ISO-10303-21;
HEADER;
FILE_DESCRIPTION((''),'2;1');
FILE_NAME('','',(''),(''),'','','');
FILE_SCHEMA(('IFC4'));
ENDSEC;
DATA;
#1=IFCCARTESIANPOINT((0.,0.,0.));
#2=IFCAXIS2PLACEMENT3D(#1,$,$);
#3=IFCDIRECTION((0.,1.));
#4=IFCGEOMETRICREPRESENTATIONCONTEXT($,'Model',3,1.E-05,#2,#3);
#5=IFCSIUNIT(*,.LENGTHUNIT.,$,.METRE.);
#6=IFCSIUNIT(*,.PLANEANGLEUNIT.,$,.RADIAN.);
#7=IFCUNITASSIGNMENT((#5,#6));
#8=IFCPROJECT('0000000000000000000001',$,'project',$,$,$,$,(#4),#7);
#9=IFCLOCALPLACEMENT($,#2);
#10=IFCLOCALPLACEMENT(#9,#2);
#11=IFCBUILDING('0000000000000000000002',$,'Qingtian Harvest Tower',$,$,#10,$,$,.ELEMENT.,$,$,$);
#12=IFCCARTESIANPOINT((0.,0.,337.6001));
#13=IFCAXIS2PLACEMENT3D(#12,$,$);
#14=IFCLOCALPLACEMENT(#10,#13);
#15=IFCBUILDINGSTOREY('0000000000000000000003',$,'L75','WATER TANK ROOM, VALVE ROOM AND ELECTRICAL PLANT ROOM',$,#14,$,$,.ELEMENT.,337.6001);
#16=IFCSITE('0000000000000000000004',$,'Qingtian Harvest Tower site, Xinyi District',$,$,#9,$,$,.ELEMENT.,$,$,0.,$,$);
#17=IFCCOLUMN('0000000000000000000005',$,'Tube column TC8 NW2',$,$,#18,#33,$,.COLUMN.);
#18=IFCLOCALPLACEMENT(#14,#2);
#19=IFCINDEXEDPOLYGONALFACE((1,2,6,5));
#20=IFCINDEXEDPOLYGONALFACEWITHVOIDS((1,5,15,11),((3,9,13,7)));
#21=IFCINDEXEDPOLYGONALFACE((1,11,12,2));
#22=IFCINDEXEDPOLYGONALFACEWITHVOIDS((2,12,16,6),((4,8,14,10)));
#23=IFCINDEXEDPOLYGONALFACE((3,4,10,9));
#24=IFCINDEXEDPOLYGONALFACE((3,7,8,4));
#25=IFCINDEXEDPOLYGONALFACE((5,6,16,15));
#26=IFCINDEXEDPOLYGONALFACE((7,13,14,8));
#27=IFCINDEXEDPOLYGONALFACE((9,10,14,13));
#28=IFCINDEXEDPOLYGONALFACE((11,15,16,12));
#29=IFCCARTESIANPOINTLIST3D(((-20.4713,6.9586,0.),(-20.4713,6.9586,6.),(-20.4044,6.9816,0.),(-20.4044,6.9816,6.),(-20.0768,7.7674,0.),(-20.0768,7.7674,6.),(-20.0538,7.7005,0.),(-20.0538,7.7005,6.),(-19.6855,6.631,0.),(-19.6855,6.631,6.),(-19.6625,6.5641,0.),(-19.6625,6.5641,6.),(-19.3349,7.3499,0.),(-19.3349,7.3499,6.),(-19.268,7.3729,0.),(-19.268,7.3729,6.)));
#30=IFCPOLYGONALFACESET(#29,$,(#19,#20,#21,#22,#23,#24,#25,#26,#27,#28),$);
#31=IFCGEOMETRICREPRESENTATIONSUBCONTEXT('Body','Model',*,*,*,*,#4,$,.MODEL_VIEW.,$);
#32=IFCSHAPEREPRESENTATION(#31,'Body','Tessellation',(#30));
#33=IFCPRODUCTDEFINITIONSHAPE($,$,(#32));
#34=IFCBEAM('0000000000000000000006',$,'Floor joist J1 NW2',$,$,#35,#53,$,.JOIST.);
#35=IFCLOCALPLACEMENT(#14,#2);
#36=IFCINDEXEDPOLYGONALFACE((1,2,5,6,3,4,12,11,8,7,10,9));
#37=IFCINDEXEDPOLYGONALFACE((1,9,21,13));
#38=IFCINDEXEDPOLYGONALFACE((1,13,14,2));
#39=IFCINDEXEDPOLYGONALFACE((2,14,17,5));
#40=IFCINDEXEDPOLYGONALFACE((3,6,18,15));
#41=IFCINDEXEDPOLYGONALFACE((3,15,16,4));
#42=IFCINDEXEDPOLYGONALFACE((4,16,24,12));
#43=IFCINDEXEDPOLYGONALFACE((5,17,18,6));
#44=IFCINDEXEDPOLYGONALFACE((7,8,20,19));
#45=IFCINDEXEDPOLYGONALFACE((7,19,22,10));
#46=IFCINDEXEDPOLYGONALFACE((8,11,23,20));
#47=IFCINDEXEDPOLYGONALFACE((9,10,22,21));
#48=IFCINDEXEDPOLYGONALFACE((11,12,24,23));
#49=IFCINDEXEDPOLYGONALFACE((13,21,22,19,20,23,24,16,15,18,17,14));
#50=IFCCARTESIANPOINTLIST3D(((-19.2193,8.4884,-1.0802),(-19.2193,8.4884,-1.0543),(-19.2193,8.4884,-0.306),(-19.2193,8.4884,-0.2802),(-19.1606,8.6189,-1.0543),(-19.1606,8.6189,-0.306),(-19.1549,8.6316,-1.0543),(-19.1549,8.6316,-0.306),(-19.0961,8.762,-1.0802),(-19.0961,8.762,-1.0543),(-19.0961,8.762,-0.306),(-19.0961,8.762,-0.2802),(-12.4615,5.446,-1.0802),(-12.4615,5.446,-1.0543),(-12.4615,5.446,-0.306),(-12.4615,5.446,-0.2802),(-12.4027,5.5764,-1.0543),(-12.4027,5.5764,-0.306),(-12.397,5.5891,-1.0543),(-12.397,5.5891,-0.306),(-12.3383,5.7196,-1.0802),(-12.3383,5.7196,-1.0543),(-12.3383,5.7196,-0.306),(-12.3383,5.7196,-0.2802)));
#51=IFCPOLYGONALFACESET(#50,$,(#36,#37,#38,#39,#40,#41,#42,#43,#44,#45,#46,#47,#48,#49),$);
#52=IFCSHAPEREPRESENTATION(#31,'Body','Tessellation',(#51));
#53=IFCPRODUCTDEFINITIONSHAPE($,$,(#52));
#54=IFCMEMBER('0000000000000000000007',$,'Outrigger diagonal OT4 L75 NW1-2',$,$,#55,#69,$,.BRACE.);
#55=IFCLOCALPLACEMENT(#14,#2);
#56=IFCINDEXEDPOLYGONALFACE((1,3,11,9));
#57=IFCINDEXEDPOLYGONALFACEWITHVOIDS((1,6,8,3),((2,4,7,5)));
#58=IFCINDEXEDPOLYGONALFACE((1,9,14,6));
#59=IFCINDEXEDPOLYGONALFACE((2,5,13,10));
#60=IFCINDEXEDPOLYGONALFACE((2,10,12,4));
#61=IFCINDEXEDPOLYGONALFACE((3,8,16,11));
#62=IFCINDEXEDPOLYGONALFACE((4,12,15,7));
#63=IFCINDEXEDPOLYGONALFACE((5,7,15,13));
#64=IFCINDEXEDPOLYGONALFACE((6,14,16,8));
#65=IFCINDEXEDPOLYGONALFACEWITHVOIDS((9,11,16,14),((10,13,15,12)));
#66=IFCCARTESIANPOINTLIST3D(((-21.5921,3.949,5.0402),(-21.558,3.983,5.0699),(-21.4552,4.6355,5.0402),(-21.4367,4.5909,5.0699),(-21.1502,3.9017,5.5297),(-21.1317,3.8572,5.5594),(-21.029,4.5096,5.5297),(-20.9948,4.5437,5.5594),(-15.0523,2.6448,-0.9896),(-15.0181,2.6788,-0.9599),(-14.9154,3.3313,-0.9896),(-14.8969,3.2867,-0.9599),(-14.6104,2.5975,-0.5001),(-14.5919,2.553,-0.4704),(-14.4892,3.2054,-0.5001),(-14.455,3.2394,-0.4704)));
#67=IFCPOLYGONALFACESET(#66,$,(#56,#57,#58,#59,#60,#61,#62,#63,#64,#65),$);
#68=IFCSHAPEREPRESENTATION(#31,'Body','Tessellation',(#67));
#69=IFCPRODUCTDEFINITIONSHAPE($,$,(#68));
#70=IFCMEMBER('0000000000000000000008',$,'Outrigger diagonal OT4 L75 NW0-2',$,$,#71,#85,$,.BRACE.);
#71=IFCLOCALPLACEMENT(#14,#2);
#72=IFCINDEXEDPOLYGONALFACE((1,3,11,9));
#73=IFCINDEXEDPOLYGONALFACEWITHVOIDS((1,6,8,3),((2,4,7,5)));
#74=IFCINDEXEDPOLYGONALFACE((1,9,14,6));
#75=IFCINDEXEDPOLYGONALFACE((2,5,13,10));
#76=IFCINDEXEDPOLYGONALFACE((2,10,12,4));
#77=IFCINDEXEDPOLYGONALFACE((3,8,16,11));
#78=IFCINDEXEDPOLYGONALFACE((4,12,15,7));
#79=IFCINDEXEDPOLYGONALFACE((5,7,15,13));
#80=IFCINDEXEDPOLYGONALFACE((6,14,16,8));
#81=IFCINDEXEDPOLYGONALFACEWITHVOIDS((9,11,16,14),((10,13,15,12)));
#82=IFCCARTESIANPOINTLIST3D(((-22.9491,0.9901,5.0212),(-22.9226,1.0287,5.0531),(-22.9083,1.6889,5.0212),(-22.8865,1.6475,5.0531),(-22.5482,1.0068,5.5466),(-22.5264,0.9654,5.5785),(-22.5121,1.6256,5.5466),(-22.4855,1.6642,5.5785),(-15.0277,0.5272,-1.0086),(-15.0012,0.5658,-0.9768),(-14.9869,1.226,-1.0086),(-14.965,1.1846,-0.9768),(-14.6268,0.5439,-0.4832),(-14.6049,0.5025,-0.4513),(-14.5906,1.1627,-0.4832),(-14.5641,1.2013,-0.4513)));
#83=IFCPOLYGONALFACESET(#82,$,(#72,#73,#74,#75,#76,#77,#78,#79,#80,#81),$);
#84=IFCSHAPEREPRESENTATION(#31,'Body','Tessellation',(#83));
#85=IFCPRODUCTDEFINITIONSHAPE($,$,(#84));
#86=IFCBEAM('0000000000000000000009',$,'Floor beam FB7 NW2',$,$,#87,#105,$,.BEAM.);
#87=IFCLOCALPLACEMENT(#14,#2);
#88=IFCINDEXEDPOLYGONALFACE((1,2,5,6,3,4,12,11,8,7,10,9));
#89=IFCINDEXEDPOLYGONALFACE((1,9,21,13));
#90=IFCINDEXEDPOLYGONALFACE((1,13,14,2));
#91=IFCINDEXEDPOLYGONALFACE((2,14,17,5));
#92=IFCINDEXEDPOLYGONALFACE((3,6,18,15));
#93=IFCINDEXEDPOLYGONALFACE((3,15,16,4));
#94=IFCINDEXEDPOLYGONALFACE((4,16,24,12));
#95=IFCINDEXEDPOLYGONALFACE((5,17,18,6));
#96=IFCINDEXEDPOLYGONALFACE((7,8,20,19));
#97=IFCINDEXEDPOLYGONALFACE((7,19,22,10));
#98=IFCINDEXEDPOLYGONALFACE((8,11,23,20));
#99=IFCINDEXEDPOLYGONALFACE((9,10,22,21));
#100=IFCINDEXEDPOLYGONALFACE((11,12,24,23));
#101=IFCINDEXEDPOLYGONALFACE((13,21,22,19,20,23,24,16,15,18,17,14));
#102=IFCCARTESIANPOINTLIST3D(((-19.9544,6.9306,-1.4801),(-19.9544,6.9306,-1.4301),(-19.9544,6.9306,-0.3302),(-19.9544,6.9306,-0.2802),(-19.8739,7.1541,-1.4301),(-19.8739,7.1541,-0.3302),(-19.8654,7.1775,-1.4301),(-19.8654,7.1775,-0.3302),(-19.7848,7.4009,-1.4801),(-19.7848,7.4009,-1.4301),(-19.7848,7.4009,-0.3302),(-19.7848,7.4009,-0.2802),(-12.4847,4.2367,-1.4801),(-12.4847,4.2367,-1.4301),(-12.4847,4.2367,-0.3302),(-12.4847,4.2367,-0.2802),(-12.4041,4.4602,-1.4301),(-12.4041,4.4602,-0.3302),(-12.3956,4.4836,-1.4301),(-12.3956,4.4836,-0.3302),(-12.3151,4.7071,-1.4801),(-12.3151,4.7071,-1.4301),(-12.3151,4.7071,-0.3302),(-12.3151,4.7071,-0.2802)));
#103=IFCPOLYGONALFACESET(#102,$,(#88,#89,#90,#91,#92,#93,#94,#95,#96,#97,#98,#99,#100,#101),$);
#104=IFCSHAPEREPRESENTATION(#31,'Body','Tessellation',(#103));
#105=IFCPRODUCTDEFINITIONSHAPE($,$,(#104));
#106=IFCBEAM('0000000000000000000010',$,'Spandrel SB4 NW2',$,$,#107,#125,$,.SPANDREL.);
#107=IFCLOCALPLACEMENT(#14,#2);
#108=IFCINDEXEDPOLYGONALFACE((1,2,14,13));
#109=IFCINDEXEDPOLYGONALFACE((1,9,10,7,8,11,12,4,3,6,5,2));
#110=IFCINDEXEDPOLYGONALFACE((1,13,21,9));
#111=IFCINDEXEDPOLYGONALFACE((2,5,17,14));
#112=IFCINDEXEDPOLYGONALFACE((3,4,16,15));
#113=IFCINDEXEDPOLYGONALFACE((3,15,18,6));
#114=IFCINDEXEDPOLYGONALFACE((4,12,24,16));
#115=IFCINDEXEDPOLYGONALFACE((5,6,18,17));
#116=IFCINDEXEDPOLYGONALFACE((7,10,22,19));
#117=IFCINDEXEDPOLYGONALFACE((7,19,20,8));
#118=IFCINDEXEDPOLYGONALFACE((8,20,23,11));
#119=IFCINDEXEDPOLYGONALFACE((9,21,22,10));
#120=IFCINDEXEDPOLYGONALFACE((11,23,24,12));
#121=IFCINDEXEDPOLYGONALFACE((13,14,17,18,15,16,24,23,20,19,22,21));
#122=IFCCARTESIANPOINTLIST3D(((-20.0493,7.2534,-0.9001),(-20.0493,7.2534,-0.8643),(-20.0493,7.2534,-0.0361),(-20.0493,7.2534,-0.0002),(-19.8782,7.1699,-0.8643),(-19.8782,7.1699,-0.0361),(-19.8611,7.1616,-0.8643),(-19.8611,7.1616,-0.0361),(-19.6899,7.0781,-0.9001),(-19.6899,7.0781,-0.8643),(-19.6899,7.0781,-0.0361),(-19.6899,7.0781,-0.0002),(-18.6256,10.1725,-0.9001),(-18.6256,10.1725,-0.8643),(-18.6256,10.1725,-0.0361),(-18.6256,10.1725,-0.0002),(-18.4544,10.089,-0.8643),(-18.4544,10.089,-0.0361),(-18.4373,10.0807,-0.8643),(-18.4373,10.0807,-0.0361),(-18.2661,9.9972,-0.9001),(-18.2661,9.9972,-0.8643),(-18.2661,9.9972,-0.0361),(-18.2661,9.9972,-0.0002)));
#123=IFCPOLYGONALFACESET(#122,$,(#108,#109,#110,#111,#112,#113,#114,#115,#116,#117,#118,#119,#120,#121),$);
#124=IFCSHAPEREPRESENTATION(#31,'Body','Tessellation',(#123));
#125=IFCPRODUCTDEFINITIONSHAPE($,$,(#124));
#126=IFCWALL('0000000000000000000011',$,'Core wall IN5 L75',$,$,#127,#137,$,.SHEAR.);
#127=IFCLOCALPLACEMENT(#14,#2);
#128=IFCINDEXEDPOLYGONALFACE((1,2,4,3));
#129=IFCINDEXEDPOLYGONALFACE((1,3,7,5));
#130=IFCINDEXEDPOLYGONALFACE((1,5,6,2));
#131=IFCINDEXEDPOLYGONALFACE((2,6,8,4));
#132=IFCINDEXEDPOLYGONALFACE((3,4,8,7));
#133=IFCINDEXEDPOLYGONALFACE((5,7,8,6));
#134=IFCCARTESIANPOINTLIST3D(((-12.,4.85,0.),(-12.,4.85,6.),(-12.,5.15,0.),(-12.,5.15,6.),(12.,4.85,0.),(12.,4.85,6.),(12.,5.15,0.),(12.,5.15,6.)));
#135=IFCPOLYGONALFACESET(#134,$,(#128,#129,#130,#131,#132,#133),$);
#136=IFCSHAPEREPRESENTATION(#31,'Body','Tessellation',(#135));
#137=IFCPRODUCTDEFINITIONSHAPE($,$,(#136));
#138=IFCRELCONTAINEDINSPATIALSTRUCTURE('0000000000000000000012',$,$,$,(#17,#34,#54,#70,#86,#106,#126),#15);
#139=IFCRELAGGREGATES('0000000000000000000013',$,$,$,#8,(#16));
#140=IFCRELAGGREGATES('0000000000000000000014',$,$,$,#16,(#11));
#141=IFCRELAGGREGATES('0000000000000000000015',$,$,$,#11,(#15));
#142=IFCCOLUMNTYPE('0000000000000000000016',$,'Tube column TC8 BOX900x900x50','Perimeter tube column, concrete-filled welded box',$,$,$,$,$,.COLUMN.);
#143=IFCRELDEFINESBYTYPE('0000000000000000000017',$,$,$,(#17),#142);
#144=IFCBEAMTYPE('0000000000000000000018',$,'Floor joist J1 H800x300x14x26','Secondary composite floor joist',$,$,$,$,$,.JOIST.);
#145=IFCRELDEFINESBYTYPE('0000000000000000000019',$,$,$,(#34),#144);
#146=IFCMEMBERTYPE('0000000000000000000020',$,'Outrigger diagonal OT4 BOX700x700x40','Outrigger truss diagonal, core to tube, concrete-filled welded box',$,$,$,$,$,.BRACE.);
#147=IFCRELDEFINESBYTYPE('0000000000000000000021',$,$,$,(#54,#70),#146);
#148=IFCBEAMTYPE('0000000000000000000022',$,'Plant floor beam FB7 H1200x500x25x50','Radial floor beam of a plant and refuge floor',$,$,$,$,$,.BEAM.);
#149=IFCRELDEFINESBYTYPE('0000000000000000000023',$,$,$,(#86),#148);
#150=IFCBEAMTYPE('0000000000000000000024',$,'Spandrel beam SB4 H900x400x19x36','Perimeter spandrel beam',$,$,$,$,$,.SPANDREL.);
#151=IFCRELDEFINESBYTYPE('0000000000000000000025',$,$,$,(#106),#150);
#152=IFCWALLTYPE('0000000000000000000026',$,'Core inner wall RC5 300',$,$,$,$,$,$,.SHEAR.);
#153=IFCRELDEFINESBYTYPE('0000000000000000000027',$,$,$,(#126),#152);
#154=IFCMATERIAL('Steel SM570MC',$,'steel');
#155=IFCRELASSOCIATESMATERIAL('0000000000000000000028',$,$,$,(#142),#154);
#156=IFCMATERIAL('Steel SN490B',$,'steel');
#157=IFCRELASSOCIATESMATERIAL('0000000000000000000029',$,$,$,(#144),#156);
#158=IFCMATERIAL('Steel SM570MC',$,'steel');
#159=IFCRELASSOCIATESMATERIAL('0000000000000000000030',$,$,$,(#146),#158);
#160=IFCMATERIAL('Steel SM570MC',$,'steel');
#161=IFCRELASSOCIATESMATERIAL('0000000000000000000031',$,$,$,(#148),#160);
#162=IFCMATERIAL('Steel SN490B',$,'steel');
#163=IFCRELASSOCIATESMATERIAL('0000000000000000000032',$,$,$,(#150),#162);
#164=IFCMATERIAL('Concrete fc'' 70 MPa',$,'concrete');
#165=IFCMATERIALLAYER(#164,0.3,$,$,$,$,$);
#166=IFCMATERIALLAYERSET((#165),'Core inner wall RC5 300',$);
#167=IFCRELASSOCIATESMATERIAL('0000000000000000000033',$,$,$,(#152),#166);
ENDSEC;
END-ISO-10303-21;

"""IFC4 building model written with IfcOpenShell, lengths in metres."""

from ifc_helpers import new_model, si_unit, direction, frame, frame_2d, origin, origin_2d, place, context, subcontext, project, spatial, rectangle, hollow_rectangle, i_section, extrude, material, layer, layer_set, material_profile, profile_set, type_object, element, save


model = new_model("IFC4")

# Units and contexts
model_context = context("Model", 3, precision=1e-05, world=origin(), true_north=direction((0.0, 1.0)))
body_context = subcontext(model_context, "Body", "Model", "MODEL_VIEW")
ifc_project = project(units=[si_unit("LENGTHUNIT", "METRE"), si_unit("PLANEANGLEUNIT", "RADIAN")], contexts=[model_context])

# Site, building, storey
site_placement = place(None, origin())
site = spatial("IfcSite", under=ifc_project, at=site_placement, Name="Qingtian Harvest Tower site, Xinyi District", CompositionType="ELEMENT", RefElevation=0.0)
building_placement = place(site_placement, origin())
building = spatial("IfcBuilding", under=site, at=building_placement, Name="Qingtian Harvest Tower", CompositionType="ELEMENT")
storey_placement = place(building_placement, frame((0.0, 0.0, 337.6001)))
storey = spatial("IfcBuildingStorey", under=building, at=storey_placement, Name="L75", Description="WATER TANK ROOM, VALVE ROOM AND ELECTRICAL PLANT ROOM", CompositionType="ELEMENT", Elevation=337.6001)

# Column
ifc_material_1 = material(Name="Steel SM570MC", Category="steel")
ifc_material_profile_1 = material_profile(ifc_material_1, hollow_rectangle(XDim=0.8999, YDim=0.8999, WallThickness=0.05, at=origin_2d()), Name="BOX900x900x50")
ifc_profile_set_1 = profile_set([ifc_material_profile_1], Name="Steel SM570MC")
column_type = type_object("IfcColumnType", Name="Tube column TC8 BOX900x900x50", Description="Perimeter tube column, concrete-filled welded box", PredefinedType="COLUMN", material=ifc_profile_set_1)
column_placement = place(storey_placement, frame((-19.8696, 7.1658, 0.0), z_axis=(0.0, 0.0, 1.0), x_axis=(-0.438371, -0.898794, 0.0)))
element("IfcColumn", 1, at=column_placement, inside=storey, type_object=column_type, Name="Tube column TC8 NW2", PredefinedType="COLUMN", context=body_context, shape_type="SweptSolid", body=[
    extrude(hollow_rectangle(XDim=0.8999, YDim=0.8999, WallThickness=0.05, at=origin_2d()), origin(), (0.0, 0.0, 1.0), 6.0),
])

# Beam
ifc_material_2 = material(Name="Steel SN490B", Category="steel")
ifc_material_profile_2 = material_profile(ifc_material_2, i_section(OverallWidth=0.3, OverallDepth=0.8, WebThickness=0.0139, FlangeThickness=0.0259, at=origin_2d()), Name="H800x300x14x26")
ifc_profile_set_2 = profile_set([ifc_material_profile_2], Name="Steel SN490B")
beam_type_1 = type_object("IfcBeamType", Name="Floor joist J1 H800x300x14x26", Description="Secondary composite floor joist", PredefinedType="JOIST", material=ifc_profile_set_2)
beam_1_placement = place(storey_placement, frame((-19.1577, 8.6252, -0.6802), z_axis=(0.911848, -0.410529, 0.0), x_axis=(0.410529, 0.911848, 0.0)))
element("IfcBeam", 2, at=beam_1_placement, inside=storey, type_object=beam_type_1, Name="Floor joist J1 NW2", PredefinedType="JOIST", context=body_context, shape_type="SweptSolid", body=[
    extrude(i_section(OverallWidth=0.3, OverallDepth=0.8, WebThickness=0.0139, FlangeThickness=0.0259, at=origin_2d()), origin(), (0.0, 0.0, 1.0), 7.4111),
])

# Members
ifc_material_3 = material(Name="Steel SM570MC", Category="steel")
ifc_material_profile_3 = material_profile(ifc_material_3, hollow_rectangle(XDim=0.7, YDim=0.7, WallThickness=0.04, at=origin_2d()), Name="BOX700x700x40")
ifc_profile_set_3 = profile_set([ifc_material_profile_3], Name="Steel SM570MC")
member_type = type_object("IfcMemberType", Name="Outrigger diagonal OT4 BOX700x700x40", Description="Outrigger truss diagonal, core to tube, concrete-filled welded box", PredefinedType="BRACE", material=ifc_profile_set_3)
member_1_placement = place(storey_placement, frame((-14.7537, 2.9421, -0.73), z_axis=(-0.727416, 0.145065, 0.670688), x_axis=(-0.195574, -0.980689, 0.0)))
element("IfcMember", 3, at=member_1_placement, inside=storey, type_object=member_type, Name="Outrigger diagonal OT4 L75 NW1-2", PredefinedType="BRACE", context=body_context, shape_type="SweptSolid", body=[
    extrude(hollow_rectangle(XDim=0.7, YDim=0.7, WallThickness=0.04, at=origin_2d()), origin(), (0.0, 0.0, 1.0), 8.9905),
])
member_2_placement = place(storey_placement, frame((-14.7959, 0.8643, -0.73), z_axis=(-0.794842, 0.046447, 0.605036), x_axis=(-0.058336, -0.998297, 0.0)))
element("IfcMember", 4, at=member_2_placement, inside=storey, type_object=member_type, Name="Outrigger diagonal OT4 L75 NW0-2", PredefinedType="BRACE", context=body_context, shape_type="SweptSolid", body=[
    extrude(hollow_rectangle(XDim=0.7, YDim=0.7, WallThickness=0.04, at=origin_2d()), origin(), (0.0, 0.0, 1.0), 9.9661),
])

# Beams
ifc_material_4 = material(Name="Steel SM570MC", Category="steel")
ifc_material_profile_4 = material_profile(ifc_material_4, i_section(OverallWidth=0.5, OverallDepth=1.2, WebThickness=0.0249, FlangeThickness=0.05, at=origin_2d()), Name="H1200x500x25x50")
ifc_profile_set_4 = profile_set([ifc_material_profile_4], Name="Steel SM570MC")
beam_type_2 = type_object("IfcBeamType", Name="Plant floor beam FB7 H1200x500x25x50", Description="Radial floor beam of a plant and refuge floor", PredefinedType="BEAM", material=ifc_profile_set_4)
beam_2_placement = place(storey_placement, frame((-19.8696, 7.1658, -0.8801), z_axis=(0.940697, -0.339249, 0.0), x_axis=(0.339249, 0.940697, 0.0)))
element("IfcBeam", 5, at=beam_2_placement, inside=storey, type_object=beam_type_2, Name="Floor beam FB7 NW2", PredefinedType="BEAM", context=body_context, shape_type="SweptSolid", body=[
    extrude(i_section(OverallWidth=0.5, OverallDepth=1.2, WebThickness=0.0249, FlangeThickness=0.05, at=origin_2d()), origin(), (0.0, 0.0, 1.0), 7.9407),
])
ifc_material_5 = material(Name="Steel SN490B", Category="steel")
ifc_material_profile_5 = material_profile(ifc_material_5, i_section(OverallWidth=0.3999, OverallDepth=0.8999, WebThickness=0.019, FlangeThickness=0.0359, at=origin_2d()), Name="H900x400x19x36")
ifc_profile_set_5 = profile_set([ifc_material_profile_5], Name="Steel SN490B")
beam_type_3 = type_object("IfcBeamType", Name="Spandrel beam SB4 H900x400x19x36", Description="Perimeter spandrel beam", PredefinedType="SPANDREL", material=ifc_profile_set_5)
beam_3_placement = place(storey_placement, frame((-19.8696, 7.1658, -0.4502), z_axis=(0.438382, 0.898789, 0.0), x_axis=(-0.898789, 0.438382, 0.0)))
element("IfcBeam", 6, at=beam_3_placement, inside=storey, type_object=beam_type_3, Name="Spandrel SB4 NW2", PredefinedType="SPANDREL", context=body_context, shape_type="SweptSolid", body=[
    extrude(i_section(OverallWidth=0.3999, OverallDepth=0.8999, WebThickness=0.019, FlangeThickness=0.0359, at=origin_2d()), origin(), (0.0, 0.0, 1.0), 3.2478),
])

# Wall
ifc_material_6 = material(Name="Concrete fc' 70 MPa", Category="concrete")
ifc_layer_1 = layer(ifc_material_6, 0.3)
ifc_layer_set_1 = layer_set([ifc_layer_1], Name="Core inner wall RC5 300")
wall_type_1 = type_object("IfcWallType", Name="Core inner wall RC5 300", PredefinedType="SHEAR", material=ifc_layer_set_1)
wall_1_placement = place(storey_placement, frame((-12.0, 5.0, 0.0), z_axis=(0.0, 0.0, 1.0), x_axis=(1.0, 0.0, 0.0)))
element("IfcWall", 7, at=wall_1_placement, inside=storey, type_object=wall_type_1, Name="Core wall IN5 L75", PredefinedType="SHEAR", context=body_context, shape_type="SweptSolid", body=[
    extrude(rectangle(XDim=24.0, YDim=0.3, at=frame_2d((12.0, 0.0))), origin(), (0.0, 0.0, 1.0), 6.0),
])

save(model, "model.ifc")
